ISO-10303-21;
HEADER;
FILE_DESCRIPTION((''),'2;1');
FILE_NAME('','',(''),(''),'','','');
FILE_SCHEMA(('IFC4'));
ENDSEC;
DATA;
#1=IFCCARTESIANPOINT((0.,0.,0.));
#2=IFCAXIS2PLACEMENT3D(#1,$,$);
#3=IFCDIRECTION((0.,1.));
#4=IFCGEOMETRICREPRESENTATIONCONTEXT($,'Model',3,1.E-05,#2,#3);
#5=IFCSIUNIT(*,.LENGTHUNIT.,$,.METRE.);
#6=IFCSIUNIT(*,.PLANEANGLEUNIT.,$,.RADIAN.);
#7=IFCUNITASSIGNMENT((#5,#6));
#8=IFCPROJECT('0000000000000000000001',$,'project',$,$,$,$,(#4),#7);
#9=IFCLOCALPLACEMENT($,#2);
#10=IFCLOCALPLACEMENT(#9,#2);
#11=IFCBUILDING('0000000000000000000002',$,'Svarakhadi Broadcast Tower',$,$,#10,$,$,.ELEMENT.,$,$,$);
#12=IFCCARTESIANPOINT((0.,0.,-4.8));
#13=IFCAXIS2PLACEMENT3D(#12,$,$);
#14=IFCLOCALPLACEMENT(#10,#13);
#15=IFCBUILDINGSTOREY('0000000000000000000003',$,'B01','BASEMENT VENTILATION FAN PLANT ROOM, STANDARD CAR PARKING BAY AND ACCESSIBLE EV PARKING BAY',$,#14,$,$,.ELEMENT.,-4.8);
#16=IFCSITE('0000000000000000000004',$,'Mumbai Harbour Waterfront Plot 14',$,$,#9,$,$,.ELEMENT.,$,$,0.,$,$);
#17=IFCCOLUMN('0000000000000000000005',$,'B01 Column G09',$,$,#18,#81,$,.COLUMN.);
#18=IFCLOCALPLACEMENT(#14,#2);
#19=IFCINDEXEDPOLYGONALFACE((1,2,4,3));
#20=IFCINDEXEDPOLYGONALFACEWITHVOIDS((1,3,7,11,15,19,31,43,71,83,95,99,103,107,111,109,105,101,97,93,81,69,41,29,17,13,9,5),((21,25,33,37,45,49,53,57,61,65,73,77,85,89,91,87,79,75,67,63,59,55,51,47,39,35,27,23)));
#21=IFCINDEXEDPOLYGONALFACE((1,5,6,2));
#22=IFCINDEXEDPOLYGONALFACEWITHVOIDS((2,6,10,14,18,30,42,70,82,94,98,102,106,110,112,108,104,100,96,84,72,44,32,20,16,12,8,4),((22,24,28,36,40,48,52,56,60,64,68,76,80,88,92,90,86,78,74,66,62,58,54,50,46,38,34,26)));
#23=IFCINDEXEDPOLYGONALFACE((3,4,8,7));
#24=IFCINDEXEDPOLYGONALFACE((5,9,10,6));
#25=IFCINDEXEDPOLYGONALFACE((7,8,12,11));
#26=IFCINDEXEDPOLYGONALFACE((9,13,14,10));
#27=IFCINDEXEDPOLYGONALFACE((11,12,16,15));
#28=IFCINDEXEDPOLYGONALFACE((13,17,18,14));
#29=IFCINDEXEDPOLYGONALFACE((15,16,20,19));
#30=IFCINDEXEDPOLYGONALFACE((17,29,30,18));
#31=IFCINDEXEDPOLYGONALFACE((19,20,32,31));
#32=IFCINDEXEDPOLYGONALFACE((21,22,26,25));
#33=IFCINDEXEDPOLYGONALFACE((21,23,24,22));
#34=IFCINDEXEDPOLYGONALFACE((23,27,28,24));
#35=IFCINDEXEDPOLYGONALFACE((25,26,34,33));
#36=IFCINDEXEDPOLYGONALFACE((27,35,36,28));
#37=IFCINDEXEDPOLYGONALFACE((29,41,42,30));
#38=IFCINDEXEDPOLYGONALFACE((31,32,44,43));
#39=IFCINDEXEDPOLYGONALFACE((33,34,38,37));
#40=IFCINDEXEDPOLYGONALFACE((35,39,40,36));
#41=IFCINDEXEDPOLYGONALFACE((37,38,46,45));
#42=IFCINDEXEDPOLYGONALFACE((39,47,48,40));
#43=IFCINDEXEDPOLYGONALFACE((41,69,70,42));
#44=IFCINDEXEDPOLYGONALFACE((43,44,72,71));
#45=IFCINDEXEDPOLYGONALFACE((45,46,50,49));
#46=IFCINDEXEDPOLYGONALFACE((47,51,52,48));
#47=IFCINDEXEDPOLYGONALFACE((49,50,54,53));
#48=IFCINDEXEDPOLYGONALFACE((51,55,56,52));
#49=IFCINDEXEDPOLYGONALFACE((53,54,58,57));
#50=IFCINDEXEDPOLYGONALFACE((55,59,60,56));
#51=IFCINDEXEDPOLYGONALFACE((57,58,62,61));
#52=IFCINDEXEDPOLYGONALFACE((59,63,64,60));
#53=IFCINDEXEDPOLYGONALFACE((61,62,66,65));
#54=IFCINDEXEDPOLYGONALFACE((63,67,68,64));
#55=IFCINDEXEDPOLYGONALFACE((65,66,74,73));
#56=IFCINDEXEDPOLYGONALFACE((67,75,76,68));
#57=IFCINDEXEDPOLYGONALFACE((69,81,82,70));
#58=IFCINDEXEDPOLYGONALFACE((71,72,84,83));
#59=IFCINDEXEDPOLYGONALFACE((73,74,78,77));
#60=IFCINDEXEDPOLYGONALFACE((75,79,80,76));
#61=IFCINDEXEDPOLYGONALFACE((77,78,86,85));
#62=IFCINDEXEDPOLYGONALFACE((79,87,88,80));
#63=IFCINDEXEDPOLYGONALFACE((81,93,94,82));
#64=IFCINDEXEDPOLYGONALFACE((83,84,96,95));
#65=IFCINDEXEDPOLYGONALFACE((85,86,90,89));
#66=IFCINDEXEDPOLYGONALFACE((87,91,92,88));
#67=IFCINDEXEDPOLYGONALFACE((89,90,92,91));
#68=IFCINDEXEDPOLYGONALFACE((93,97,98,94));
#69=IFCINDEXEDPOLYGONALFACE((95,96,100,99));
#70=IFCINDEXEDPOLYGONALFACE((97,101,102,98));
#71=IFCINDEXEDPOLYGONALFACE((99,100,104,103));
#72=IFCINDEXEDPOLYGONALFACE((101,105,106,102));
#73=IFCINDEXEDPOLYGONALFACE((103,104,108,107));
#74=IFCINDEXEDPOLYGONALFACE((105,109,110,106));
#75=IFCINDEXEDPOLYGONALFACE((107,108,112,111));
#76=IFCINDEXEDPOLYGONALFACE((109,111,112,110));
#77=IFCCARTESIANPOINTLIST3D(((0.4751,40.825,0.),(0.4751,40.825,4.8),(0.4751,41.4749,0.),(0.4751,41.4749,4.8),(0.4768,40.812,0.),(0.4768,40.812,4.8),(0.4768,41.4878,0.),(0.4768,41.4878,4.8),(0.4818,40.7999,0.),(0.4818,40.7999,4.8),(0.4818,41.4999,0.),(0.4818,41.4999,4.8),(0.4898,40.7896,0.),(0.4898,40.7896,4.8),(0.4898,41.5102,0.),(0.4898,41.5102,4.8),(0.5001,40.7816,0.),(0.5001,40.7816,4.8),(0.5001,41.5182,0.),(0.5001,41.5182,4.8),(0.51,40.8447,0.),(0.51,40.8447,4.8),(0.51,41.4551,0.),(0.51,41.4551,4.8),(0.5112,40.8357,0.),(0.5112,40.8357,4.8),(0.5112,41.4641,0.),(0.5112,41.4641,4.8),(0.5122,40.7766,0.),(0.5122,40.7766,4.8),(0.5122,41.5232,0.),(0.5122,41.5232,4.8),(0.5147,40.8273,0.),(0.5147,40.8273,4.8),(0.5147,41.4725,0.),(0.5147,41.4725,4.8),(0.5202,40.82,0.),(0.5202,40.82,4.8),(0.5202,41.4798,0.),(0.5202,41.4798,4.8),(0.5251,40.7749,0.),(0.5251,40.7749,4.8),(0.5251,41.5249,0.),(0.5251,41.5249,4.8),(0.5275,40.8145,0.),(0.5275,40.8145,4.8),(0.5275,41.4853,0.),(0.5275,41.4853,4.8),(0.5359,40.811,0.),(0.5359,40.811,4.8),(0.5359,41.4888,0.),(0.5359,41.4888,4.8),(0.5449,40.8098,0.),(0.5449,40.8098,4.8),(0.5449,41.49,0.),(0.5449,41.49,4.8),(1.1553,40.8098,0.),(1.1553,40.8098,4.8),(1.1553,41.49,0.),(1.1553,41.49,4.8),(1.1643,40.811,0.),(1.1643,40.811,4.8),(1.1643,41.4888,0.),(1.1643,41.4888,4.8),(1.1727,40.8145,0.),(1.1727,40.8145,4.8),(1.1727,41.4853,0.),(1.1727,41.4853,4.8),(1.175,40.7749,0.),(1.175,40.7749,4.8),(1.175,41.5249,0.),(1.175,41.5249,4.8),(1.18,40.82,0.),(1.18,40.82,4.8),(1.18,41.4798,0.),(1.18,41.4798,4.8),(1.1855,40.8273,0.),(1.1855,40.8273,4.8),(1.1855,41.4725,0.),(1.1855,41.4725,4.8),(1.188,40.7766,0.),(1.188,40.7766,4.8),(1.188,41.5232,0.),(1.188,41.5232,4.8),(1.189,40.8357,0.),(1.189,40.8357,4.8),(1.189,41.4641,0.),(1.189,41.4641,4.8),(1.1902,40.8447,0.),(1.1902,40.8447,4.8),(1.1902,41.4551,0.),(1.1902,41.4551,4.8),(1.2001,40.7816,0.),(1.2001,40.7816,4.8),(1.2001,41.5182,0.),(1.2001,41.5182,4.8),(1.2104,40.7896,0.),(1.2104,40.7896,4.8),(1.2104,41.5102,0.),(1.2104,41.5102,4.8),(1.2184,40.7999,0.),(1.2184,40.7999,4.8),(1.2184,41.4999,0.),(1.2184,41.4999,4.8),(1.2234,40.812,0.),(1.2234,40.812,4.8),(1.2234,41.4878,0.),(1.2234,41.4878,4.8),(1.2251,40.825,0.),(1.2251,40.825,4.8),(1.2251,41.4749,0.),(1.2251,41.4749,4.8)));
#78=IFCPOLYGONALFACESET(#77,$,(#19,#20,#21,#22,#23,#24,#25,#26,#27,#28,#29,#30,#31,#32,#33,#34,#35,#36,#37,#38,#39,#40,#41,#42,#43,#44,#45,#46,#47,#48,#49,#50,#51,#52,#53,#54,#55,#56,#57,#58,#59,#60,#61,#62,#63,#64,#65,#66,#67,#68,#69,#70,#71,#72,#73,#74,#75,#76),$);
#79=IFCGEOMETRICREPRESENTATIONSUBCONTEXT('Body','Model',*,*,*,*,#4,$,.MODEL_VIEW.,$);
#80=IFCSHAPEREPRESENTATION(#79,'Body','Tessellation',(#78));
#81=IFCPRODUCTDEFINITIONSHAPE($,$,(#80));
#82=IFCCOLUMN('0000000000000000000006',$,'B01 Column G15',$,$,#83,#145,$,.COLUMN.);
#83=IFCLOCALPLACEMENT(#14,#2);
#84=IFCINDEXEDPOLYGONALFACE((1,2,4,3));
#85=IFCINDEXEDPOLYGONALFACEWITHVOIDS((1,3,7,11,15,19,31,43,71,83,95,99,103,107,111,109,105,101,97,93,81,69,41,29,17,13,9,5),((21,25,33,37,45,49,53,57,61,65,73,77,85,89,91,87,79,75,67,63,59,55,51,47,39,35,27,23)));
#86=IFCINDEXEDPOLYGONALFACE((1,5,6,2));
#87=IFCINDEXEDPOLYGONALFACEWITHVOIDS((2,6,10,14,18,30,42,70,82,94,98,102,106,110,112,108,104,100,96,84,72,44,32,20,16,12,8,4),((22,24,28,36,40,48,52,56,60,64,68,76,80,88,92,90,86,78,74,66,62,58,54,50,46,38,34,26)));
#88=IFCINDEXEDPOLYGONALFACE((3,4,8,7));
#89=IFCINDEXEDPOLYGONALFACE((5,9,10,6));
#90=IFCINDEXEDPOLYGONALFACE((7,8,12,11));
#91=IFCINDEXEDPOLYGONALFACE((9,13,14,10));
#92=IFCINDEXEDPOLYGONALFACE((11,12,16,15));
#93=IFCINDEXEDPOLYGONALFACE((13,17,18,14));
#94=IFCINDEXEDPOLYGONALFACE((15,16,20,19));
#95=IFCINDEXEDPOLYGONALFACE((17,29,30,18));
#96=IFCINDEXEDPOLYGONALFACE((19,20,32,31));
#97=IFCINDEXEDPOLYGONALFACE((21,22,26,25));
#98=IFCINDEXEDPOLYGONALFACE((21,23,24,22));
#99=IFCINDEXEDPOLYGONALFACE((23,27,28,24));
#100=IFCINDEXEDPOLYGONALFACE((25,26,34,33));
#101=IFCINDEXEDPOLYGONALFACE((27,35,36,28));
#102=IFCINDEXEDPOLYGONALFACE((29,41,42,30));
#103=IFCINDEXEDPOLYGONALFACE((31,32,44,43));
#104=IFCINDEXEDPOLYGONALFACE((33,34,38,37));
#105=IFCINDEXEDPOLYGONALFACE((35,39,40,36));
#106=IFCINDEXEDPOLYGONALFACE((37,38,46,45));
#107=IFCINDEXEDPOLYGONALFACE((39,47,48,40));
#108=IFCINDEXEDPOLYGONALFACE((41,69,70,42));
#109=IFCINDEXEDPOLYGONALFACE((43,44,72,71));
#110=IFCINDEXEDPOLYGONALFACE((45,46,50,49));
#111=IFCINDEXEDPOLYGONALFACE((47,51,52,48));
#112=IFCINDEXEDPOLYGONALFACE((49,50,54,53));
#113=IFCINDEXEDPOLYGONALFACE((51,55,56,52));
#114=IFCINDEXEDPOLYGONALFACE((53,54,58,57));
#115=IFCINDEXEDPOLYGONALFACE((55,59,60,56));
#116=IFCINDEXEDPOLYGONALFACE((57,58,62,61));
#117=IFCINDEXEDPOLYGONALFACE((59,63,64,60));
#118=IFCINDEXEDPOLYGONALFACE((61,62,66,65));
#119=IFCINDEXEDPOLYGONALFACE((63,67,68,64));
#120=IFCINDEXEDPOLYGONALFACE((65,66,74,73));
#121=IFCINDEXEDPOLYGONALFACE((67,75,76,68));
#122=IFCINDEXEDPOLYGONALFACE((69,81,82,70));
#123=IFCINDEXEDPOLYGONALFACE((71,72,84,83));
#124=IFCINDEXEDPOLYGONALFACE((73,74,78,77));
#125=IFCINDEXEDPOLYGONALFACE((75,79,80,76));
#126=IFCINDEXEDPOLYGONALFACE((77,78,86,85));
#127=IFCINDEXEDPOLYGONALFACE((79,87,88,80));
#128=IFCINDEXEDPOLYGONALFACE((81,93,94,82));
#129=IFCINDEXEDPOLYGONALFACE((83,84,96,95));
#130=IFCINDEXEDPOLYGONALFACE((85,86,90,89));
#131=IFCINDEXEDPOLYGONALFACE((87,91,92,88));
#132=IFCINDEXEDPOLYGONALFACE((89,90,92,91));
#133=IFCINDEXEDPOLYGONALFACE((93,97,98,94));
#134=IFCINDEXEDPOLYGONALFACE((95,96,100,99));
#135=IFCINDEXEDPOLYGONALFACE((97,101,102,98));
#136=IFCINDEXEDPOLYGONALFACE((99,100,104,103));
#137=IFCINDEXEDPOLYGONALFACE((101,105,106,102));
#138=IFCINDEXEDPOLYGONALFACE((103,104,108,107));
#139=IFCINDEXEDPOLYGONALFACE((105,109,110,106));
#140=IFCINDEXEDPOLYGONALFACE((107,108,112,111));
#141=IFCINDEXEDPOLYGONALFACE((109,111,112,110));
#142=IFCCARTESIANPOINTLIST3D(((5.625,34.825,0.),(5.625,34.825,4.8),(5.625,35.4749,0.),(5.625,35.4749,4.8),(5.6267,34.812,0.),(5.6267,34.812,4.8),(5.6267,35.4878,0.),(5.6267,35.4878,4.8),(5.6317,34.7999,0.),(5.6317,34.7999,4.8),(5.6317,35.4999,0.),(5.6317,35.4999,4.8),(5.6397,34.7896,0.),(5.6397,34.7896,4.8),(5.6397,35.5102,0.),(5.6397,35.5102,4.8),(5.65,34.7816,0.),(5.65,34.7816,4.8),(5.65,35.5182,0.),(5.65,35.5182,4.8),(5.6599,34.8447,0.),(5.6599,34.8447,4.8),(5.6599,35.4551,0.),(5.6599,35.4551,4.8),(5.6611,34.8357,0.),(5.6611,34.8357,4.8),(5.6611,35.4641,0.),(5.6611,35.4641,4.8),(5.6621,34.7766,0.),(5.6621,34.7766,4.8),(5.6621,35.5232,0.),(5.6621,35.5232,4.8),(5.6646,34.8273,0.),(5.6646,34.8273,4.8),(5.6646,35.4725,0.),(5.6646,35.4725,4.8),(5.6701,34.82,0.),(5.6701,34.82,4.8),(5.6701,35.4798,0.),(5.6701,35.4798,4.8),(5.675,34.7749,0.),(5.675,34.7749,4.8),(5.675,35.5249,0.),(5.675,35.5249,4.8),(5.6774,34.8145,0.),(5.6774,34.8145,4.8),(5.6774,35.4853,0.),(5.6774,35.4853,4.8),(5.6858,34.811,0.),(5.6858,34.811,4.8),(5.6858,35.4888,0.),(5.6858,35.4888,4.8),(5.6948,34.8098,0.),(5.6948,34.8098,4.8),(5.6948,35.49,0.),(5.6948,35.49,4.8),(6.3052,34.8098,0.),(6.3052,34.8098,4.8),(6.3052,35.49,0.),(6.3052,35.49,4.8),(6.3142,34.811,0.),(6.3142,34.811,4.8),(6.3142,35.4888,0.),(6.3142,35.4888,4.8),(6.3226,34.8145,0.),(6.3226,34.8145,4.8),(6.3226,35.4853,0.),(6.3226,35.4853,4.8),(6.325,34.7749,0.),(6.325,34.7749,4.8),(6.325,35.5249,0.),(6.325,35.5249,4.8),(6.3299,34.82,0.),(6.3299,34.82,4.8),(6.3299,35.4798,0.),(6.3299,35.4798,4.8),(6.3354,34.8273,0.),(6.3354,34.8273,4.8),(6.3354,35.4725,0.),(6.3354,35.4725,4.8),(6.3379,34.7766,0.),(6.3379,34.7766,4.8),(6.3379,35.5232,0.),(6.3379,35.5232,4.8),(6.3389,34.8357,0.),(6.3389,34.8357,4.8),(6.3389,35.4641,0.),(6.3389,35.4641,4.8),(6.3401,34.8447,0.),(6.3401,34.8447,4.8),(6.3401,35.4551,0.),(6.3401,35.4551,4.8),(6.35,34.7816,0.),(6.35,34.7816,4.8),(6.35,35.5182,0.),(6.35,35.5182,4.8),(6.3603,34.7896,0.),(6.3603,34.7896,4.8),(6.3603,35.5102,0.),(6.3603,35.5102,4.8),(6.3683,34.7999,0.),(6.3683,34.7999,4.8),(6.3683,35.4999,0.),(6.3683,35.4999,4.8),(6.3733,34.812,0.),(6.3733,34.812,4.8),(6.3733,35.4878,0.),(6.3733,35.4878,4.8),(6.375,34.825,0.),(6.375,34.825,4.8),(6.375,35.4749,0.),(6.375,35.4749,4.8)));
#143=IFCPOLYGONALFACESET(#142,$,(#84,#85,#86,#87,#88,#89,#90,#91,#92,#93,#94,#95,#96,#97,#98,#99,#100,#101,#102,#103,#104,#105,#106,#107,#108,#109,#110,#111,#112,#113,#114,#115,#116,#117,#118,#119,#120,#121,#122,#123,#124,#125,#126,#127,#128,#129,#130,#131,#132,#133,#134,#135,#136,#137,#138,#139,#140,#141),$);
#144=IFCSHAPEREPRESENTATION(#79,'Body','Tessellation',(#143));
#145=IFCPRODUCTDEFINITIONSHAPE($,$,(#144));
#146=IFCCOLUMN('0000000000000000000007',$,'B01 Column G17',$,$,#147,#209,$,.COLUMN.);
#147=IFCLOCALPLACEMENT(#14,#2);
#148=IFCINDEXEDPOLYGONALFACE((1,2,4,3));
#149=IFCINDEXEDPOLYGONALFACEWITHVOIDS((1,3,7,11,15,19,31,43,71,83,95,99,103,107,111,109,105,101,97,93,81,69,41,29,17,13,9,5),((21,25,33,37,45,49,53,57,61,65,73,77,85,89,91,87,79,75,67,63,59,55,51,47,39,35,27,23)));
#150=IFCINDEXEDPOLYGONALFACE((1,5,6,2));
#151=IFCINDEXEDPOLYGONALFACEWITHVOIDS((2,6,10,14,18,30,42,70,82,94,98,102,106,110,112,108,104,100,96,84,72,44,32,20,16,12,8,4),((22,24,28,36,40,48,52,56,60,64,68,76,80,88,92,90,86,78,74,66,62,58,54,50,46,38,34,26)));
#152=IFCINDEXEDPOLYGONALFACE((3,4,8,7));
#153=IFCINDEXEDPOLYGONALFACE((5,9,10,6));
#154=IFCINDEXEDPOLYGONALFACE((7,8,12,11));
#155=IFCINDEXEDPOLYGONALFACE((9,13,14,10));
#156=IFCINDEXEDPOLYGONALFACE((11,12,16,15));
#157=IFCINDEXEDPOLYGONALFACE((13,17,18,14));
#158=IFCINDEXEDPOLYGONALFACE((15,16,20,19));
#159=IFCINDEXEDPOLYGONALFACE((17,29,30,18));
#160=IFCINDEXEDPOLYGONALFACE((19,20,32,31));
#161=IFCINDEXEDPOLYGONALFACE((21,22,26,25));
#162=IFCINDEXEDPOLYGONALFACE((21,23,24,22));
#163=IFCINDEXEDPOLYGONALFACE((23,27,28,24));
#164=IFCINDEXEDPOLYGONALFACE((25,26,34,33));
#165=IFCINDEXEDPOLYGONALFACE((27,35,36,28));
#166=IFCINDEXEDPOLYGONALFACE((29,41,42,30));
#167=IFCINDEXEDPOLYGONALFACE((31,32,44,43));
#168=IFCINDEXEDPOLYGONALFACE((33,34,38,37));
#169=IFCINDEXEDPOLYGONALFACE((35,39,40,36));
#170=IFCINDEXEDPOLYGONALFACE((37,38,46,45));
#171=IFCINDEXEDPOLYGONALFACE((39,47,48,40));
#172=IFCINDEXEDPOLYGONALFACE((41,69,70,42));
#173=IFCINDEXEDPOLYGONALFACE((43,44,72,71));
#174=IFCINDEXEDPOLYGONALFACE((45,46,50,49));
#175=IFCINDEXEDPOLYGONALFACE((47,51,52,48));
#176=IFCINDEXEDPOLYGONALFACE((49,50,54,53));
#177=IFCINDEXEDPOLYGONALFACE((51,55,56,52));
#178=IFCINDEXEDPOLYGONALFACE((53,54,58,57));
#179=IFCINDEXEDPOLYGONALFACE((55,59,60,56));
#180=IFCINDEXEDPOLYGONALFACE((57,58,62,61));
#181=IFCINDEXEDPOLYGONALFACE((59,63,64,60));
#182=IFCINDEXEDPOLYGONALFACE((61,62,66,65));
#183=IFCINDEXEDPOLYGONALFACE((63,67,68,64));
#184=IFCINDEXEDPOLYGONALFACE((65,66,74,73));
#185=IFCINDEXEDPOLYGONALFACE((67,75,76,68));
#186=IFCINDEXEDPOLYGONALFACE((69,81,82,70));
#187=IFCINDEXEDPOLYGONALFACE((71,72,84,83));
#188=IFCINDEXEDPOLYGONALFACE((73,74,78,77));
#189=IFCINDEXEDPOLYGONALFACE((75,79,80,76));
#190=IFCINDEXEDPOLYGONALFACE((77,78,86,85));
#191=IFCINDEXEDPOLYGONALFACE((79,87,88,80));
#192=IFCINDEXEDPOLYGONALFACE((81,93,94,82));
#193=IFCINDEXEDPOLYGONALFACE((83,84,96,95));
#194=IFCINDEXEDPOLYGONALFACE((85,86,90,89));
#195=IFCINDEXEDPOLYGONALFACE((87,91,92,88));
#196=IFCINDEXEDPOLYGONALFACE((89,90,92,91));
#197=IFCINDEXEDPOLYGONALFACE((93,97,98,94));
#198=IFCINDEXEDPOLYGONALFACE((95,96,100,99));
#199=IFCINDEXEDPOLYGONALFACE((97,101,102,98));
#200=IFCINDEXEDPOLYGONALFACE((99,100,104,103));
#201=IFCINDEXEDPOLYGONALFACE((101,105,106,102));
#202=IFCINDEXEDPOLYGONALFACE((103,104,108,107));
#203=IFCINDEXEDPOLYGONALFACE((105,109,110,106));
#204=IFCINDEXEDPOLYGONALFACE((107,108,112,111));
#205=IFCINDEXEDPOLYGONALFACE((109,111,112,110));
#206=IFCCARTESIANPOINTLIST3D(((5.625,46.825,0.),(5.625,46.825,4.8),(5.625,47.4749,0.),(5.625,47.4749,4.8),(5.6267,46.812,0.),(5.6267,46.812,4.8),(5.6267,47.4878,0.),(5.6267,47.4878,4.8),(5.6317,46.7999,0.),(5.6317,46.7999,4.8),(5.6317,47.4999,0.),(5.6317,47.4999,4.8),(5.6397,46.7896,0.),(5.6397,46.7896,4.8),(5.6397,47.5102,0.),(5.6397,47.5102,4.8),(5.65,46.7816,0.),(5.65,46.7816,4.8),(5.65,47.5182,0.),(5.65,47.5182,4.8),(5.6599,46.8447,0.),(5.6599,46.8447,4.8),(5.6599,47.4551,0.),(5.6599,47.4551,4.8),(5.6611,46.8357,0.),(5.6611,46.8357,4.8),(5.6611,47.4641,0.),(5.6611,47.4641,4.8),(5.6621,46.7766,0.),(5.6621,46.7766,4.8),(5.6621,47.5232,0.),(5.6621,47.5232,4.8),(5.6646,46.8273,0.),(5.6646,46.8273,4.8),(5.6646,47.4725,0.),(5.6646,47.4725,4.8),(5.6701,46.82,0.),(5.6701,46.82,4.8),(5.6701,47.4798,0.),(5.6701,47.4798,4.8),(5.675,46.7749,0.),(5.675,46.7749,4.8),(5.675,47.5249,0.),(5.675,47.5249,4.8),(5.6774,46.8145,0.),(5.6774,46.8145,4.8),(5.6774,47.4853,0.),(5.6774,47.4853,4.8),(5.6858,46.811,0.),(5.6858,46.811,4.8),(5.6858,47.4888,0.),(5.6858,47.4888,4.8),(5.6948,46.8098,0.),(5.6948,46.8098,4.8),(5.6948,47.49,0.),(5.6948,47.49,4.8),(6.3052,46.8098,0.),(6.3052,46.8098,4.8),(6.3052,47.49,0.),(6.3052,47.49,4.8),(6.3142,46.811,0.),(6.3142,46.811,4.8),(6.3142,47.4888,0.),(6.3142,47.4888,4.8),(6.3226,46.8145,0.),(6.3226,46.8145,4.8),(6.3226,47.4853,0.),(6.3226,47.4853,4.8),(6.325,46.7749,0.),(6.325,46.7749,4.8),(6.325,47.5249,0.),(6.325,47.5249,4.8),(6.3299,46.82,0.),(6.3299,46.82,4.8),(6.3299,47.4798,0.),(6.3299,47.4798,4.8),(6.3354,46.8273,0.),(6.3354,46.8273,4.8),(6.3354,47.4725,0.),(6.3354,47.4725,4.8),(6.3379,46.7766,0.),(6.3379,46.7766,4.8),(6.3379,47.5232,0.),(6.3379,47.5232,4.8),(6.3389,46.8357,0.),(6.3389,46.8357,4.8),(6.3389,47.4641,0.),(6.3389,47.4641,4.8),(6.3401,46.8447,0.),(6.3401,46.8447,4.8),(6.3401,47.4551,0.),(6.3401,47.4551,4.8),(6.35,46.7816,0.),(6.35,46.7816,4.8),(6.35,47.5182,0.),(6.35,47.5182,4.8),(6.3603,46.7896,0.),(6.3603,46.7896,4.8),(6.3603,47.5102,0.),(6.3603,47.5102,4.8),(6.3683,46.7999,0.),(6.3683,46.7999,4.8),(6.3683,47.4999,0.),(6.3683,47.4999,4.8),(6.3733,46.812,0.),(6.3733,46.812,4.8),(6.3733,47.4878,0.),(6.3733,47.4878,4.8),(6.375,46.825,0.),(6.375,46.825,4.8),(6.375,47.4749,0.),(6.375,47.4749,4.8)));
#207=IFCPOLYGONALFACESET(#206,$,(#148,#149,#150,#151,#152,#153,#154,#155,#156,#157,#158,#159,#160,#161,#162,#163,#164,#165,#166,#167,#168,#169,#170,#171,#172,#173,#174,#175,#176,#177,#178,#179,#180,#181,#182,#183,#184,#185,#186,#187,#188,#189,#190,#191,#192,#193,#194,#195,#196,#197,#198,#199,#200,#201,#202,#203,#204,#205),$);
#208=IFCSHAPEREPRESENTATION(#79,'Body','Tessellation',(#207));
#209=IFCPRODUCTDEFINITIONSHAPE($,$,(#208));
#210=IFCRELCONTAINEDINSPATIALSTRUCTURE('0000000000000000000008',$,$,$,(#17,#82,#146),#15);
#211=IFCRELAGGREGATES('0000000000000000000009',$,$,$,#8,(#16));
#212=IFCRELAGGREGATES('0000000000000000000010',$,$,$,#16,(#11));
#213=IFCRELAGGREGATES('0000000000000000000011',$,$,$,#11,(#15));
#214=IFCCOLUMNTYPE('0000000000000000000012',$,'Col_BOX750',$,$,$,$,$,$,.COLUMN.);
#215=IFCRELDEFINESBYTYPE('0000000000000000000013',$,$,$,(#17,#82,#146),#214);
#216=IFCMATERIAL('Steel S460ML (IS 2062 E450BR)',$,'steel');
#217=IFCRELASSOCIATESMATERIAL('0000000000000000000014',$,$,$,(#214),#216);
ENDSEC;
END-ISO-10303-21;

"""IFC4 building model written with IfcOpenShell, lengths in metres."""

from ifc_helpers import new_model, si_unit, direction, frame, origin, origin_2d, place, context, subcontext, project, spatial, hollow_rectangle, extrude, material, material_profile, profile_set, type_object, element, save


model = new_model("IFC4")

# Units and contexts
model_context = context("Model", 3, precision=1e-05, world=origin(), true_north=direction((0.0, 1.0)))
body_context = subcontext(model_context, "Body", "Model", "MODEL_VIEW")
ifc_project = project(units=[si_unit("LENGTHUNIT", "METRE"), si_unit("PLANEANGLEUNIT", "RADIAN")], contexts=[model_context])

# Site, building, storey
site_placement = place(None, origin())
site = spatial("IfcSite", under=ifc_project, at=site_placement, Name="Mumbai Harbour Waterfront Plot 14", CompositionType="ELEMENT", RefElevation=0.0)
building_placement = place(site_placement, origin())
building = spatial("IfcBuilding", under=site, at=building_placement, Name="Svarakhadi Broadcast Tower", CompositionType="ELEMENT")
storey_placement = place(building_placement, frame((0.0, 0.0, -4.8)))
storey = spatial("IfcBuildingStorey", under=building, at=storey_placement, Name="B01", Description="BASEMENT VENTILATION FAN PLANT ROOM, STANDARD CAR PARKING BAY AND ACCESSIBLE EV PARKING BAY", CompositionType="ELEMENT", Elevation=-4.8)

# Columns
ifc_material_1 = material(Name="Steel S460ML (IS 2062 E450BR)", Category="steel")
ifc_material_profile_1 = material_profile(ifc_material_1, hollow_rectangle(XDim=0.75, YDim=0.75, WallThickness=0.0349, InnerFilletRadius=0.0349, OuterFilletRadius=0.05, at=origin_2d()), Name="BOX 750x750x35")
ifc_profile_set_1 = profile_set([ifc_material_profile_1], Name="Steel S460ML (IS 2062 E450BR)")
column_type_1 = type_object("IfcColumnType", Name="Col_BOX750", PredefinedType="COLUMN", material=ifc_profile_set_1)
for number, where, z_axis, x_axis, name in (
    (1, (0.8501, 41.1499, 0.0), (0.0, 0.0, 1.0), (1.0, 0.0, 0.0), "B01 Column G09"),
    (2, (6.0, 35.1499, 0.0), (0.0, 0.0, 1.0), (1.0, 0.0, 0.0), "B01 Column G15"),
    (3, (6.0, 47.1499, 0.0), (0.0, 0.0, 1.0), (1.0, 0.0, 0.0), "B01 Column G17"),
):
    element("IfcColumn", number, at=place(storey_placement, frame(where, z_axis=z_axis, x_axis=x_axis)), inside=storey, type_object=column_type_1, Name=name, PredefinedType="COLUMN", context=body_context, shape_type="SweptSolid", body=[
        extrude(hollow_rectangle(XDim=0.75, YDim=0.75, WallThickness=0.0349, InnerFilletRadius=0.0349, OuterFilletRadius=0.05, at=origin_2d()), origin(), (0.0, 0.0, 1.0), 4.8),
    ])

save(model, "model.ifc")
